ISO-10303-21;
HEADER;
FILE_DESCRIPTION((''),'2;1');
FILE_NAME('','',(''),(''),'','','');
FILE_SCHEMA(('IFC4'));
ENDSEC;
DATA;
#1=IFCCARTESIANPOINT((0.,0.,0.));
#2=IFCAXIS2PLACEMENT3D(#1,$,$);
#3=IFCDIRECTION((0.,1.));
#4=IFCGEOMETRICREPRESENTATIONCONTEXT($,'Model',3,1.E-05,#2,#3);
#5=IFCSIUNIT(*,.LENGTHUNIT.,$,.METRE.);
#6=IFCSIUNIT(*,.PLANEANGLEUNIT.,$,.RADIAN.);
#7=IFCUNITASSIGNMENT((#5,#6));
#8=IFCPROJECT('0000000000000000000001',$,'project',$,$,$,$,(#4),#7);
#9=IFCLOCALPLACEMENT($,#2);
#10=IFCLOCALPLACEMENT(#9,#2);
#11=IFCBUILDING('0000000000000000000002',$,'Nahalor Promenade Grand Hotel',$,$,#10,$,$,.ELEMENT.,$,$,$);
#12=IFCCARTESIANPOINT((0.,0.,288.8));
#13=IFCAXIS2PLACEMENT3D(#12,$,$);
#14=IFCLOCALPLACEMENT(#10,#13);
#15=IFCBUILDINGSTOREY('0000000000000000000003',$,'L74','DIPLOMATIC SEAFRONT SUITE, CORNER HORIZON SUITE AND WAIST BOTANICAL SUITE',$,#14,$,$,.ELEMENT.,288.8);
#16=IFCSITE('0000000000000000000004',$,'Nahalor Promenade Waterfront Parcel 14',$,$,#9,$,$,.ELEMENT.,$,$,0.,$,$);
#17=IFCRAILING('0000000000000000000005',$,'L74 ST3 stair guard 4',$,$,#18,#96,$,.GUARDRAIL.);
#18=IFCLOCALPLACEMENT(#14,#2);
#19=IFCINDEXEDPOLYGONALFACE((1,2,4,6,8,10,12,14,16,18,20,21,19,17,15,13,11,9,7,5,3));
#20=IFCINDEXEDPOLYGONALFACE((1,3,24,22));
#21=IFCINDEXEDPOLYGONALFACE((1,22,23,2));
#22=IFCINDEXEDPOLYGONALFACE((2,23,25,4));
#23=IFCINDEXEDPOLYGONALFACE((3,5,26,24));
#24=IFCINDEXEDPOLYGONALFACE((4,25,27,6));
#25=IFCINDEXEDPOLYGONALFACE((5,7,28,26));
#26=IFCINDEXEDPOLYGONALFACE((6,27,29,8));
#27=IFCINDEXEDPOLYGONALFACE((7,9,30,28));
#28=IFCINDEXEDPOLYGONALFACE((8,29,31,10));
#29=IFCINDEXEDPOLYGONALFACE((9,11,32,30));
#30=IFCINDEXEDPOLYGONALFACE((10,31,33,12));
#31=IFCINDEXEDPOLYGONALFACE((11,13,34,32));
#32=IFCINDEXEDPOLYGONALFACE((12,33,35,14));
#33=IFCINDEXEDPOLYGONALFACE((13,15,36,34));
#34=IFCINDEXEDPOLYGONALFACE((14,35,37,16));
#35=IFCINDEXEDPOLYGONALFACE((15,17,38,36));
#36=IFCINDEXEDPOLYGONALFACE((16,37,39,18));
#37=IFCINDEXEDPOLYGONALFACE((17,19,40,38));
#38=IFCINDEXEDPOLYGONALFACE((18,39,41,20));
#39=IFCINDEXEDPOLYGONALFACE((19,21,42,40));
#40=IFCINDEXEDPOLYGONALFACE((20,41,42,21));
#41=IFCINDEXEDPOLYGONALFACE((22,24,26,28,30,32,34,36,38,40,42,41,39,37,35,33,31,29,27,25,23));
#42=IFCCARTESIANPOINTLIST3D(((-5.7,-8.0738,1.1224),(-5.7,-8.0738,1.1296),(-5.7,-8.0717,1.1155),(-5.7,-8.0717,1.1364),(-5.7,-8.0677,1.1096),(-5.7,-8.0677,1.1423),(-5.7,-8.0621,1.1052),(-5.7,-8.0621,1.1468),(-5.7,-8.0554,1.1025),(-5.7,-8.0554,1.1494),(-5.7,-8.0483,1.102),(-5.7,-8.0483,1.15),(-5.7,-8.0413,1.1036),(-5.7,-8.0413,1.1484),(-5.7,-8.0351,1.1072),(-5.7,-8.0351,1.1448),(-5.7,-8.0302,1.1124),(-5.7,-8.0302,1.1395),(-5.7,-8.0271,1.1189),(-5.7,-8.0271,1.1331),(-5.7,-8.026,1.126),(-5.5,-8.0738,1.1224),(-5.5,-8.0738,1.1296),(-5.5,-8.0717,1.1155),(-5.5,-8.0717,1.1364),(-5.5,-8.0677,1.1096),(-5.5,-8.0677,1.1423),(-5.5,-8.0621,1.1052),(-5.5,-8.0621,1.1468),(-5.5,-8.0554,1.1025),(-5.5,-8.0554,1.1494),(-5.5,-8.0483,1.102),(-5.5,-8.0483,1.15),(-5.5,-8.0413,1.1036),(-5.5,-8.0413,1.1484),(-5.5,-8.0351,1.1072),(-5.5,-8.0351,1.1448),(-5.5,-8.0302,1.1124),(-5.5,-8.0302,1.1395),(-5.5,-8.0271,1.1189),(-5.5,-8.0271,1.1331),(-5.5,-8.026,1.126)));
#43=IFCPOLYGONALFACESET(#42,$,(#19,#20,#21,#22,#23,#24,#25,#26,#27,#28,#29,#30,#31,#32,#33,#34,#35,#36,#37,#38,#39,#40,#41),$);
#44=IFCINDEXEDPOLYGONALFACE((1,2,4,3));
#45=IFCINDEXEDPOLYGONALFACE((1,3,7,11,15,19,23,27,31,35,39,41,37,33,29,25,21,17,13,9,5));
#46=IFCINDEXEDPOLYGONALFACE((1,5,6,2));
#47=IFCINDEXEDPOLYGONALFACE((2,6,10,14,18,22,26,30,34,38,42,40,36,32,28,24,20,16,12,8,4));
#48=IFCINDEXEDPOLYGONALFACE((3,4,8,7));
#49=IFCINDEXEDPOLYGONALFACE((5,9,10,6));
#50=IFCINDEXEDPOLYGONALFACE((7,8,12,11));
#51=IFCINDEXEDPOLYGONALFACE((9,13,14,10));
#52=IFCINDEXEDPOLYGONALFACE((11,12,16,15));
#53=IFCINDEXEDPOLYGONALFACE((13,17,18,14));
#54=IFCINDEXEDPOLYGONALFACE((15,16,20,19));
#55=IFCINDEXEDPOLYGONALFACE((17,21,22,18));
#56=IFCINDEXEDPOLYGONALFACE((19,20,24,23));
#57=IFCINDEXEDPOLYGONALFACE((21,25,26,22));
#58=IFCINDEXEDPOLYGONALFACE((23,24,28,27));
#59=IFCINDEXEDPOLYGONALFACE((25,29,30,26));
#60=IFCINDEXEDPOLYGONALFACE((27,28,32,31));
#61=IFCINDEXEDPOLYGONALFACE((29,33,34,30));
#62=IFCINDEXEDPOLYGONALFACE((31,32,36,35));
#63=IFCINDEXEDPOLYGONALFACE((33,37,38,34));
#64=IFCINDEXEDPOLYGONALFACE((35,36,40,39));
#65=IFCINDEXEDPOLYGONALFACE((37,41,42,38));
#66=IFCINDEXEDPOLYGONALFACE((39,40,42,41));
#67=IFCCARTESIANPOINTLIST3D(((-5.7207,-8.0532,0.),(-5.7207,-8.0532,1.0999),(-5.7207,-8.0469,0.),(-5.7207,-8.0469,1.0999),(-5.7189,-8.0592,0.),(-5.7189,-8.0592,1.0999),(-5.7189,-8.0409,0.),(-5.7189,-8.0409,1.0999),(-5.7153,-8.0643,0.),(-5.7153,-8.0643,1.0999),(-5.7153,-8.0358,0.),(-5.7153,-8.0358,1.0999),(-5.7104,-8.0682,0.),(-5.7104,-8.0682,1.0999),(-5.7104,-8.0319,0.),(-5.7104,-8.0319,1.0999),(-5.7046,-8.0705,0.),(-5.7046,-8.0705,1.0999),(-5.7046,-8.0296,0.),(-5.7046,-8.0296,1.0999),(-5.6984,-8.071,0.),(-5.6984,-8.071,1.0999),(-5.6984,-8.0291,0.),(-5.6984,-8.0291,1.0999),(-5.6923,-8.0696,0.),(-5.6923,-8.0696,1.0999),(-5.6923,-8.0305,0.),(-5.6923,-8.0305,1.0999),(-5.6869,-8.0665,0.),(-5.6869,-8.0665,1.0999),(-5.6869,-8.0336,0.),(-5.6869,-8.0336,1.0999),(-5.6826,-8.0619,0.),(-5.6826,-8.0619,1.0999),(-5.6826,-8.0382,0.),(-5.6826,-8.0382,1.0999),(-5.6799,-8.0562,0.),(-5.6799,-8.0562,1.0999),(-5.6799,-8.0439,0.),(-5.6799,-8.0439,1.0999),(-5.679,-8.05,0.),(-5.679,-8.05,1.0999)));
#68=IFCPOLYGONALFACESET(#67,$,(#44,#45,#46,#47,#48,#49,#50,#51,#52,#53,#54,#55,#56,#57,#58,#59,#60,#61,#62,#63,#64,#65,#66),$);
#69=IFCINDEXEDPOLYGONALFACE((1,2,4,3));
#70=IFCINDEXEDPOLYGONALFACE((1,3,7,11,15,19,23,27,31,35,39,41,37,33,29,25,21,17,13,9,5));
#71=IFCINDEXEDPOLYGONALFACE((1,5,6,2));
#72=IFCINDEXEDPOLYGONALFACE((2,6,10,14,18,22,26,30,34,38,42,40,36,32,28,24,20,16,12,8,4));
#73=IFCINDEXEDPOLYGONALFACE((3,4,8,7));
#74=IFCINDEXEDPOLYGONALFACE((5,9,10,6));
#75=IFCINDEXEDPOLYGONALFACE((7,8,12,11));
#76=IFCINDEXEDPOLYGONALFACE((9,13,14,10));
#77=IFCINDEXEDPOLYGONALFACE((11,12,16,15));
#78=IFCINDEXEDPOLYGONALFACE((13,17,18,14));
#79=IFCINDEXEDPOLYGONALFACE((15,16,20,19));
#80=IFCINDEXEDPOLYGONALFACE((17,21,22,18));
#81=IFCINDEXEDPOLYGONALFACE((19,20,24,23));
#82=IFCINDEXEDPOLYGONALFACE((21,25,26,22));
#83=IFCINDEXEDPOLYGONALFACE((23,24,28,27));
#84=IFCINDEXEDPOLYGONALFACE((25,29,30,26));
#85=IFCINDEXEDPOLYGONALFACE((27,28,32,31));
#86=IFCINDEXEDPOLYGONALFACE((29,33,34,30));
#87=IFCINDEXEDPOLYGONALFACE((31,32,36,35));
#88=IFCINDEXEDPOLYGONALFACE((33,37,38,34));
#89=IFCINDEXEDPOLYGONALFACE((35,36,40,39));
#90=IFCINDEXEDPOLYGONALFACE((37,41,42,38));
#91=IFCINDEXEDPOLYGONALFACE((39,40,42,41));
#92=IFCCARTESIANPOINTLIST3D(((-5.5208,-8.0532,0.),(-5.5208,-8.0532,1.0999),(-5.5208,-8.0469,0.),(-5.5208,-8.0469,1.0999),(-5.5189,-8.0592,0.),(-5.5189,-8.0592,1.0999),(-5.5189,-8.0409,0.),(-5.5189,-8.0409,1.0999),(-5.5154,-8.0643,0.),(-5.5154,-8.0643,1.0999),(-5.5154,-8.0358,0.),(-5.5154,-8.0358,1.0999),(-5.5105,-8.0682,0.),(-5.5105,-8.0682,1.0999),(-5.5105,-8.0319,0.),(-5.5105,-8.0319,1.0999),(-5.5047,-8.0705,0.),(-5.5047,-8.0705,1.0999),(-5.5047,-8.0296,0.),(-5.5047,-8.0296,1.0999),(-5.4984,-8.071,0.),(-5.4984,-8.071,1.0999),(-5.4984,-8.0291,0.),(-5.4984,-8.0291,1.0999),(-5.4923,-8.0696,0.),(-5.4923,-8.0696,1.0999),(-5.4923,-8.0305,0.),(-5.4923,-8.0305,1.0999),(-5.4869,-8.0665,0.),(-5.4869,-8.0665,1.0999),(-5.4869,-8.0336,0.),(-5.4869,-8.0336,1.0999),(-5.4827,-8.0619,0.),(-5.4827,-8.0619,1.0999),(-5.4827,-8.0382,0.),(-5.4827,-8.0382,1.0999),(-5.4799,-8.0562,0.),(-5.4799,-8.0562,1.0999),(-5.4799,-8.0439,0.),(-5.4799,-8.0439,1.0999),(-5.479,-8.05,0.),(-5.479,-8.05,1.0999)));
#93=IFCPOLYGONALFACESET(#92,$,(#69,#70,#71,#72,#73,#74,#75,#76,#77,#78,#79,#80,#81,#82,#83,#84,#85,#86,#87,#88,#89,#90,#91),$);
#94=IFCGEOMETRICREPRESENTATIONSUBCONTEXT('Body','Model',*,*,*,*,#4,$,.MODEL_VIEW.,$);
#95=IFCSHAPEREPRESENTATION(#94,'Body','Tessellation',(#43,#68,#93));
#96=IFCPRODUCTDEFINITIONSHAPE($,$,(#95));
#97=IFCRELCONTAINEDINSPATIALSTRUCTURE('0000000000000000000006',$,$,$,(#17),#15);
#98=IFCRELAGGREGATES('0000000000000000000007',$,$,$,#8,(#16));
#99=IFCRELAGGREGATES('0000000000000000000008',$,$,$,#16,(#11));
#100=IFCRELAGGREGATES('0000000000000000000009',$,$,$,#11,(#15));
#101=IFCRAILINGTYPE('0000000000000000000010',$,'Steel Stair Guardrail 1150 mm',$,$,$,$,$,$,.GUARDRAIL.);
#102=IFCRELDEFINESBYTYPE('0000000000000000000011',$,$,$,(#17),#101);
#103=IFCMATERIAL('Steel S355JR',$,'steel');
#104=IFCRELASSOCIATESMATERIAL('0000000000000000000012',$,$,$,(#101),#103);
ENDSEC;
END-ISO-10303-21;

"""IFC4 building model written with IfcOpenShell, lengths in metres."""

from ifc_helpers import new_model, si_unit, direction, frame, origin, origin_2d, place, context, subcontext, project, spatial, circle, extrude, material, type_object, element, save


model = new_model("IFC4")

# Units and contexts
model_context = context("Model", 3, precision=1e-05, world=origin(), true_north=direction((0.0, 1.0)))
body_context = subcontext(model_context, "Body", "Model", "MODEL_VIEW")
ifc_project = project(units=[si_unit("LENGTHUNIT", "METRE"), si_unit("PLANEANGLEUNIT", "RADIAN")], contexts=[model_context])

# Site, building, storey
site_placement = place(None, origin())
site = spatial("IfcSite", under=ifc_project, at=site_placement, Name="Nahalor Promenade Waterfront Parcel 14", CompositionType="ELEMENT", RefElevation=0.0)
building_placement = place(site_placement, origin())
building = spatial("IfcBuilding", under=site, at=building_placement, Name="Nahalor Promenade Grand Hotel", CompositionType="ELEMENT")
storey_placement = place(building_placement, frame((0.0, 0.0, 288.8)))
storey = spatial("IfcBuildingStorey", under=building, at=storey_placement, Name="L74", Description="DIPLOMATIC SEAFRONT SUITE, CORNER HORIZON SUITE AND WAIST BOTANICAL SUITE", CompositionType="ELEMENT", Elevation=288.8)

# Shared definitions
ifc_material_1 = material(Name="Steel S355JR", Category="steel")

# Railing
railing_type_1 = type_object("IfcRailingType", Name="Steel Stair Guardrail 1150 mm", PredefinedType="GUARDRAIL", material=ifc_material_1)
railing_1_placement = place(storey_placement, frame((-5.7, -8.05, 0.0)))
element("IfcRailing", 1, at=railing_1_placement, inside=storey, type_object=railing_type_1, Name="L74 ST3 stair guard 4", PredefinedType="GUARDRAIL", context=body_context, shape_type="SweptSolid", body=[
    extrude(circle(Radius=0.024, at=origin_2d()), frame((0.0, 0.0, 1.126), z_axis=(1.0, 0.0, 0.0), x_axis=(0.0, 1.0, 0.0)), (0.0, 0.0, 1.0), 0.2),
    extrude(circle(Radius=0.021, at=origin_2d()), origin(), (0.0, 0.0, 1.0), 1.0999),
    extrude(circle(Radius=0.021, at=origin_2d()), frame((0.2, 0.0, 0.0)), (0.0, 0.0, 1.0), 1.0999),
])

save(model, "model.ifc")
